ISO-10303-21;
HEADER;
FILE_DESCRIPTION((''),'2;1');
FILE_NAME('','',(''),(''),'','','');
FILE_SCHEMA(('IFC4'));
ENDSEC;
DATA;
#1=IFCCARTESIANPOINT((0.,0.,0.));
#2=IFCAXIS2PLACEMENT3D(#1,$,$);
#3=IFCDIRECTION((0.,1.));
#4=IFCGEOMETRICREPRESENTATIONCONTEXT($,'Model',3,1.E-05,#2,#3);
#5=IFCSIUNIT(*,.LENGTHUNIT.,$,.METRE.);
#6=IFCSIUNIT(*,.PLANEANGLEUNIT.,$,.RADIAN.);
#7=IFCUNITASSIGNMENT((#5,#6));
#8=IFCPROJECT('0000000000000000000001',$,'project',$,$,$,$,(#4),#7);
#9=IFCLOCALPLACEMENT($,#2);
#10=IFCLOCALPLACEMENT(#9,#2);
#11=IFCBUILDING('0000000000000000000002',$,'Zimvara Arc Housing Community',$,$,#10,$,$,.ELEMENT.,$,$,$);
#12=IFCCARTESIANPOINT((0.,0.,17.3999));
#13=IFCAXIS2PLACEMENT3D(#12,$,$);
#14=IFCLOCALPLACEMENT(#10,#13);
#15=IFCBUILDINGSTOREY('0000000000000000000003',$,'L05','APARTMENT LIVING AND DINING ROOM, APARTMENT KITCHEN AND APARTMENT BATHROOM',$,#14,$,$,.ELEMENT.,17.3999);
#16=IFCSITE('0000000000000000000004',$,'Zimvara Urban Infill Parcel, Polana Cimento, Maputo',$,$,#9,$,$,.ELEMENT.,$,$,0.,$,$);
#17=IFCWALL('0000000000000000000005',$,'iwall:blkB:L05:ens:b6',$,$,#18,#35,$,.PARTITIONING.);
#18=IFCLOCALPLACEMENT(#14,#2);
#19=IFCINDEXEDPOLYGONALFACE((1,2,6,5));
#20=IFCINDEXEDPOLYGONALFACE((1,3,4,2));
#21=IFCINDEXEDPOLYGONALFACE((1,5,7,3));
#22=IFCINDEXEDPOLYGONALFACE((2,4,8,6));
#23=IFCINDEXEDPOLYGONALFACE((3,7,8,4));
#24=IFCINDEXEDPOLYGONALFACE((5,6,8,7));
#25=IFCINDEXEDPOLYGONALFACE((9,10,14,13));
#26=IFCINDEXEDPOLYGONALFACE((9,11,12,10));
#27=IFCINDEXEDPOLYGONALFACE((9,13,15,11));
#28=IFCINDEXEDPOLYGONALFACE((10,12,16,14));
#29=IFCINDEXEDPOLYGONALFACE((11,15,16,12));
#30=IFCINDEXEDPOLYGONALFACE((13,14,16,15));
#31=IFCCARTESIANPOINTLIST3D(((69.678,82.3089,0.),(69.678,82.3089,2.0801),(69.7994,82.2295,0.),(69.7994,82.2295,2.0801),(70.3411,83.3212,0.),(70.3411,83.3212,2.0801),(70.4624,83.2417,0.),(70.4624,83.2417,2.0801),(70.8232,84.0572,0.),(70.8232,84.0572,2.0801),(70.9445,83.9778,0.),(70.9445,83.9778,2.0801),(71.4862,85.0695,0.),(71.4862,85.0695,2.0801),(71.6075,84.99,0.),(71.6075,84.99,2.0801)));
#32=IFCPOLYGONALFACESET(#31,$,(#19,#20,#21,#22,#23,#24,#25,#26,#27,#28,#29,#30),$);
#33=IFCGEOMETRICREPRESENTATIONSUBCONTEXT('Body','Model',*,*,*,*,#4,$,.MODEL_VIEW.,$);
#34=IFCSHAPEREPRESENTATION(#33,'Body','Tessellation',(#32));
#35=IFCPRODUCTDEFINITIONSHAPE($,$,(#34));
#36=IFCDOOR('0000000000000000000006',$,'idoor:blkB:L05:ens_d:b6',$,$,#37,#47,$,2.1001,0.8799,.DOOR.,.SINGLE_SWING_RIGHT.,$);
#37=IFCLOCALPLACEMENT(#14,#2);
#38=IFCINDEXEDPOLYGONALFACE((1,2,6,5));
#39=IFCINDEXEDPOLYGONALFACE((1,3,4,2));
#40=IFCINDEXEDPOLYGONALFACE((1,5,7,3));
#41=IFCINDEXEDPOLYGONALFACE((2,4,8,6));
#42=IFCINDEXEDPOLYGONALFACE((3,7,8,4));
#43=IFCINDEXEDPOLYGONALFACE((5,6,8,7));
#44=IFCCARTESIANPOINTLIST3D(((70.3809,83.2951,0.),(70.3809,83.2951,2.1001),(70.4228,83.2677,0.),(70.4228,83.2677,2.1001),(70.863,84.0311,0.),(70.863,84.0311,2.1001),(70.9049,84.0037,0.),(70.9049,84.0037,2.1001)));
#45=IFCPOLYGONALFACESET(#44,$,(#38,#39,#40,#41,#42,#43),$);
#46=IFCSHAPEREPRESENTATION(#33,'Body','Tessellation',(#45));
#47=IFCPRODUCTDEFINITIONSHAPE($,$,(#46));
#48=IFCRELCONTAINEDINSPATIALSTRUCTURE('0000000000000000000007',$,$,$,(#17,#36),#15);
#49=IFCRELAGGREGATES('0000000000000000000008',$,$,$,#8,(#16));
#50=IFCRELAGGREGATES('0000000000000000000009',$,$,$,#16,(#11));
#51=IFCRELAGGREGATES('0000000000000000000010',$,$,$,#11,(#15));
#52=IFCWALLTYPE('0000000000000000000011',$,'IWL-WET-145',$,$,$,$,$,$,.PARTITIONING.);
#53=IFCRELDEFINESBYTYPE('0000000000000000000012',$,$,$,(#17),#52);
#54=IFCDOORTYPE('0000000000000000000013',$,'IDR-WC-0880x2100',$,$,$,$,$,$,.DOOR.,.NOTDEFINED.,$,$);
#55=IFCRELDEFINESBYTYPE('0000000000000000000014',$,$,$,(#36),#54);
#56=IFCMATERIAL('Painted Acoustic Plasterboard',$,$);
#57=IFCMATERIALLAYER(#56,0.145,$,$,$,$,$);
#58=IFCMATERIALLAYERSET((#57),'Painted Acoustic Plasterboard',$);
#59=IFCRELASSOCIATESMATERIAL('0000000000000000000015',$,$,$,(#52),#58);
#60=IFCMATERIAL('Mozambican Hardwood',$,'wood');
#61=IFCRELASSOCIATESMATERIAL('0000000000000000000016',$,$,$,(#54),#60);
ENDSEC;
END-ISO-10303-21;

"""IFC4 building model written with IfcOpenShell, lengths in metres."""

from ifc_helpers import new_model, si_unit, direction, frame, frame_2d, origin, place, context, subcontext, project, spatial, rectangle, extrude, material, layer, layer_set, type_object, element, fill, save


model = new_model("IFC4")

# Units and contexts
model_context = context("Model", 3, precision=1e-05, world=origin(), true_north=direction((0.0, 1.0)))
body_context = subcontext(model_context, "Body", "Model", "MODEL_VIEW")
ifc_project = project(units=[si_unit("LENGTHUNIT", "METRE"), si_unit("PLANEANGLEUNIT", "RADIAN")], contexts=[model_context])

# Site, building, storey
site_placement = place(None, origin())
site = spatial("IfcSite", under=ifc_project, at=site_placement, Name="Zimvara Urban Infill Parcel, Polana Cimento, Maputo", CompositionType="ELEMENT", RefElevation=0.0)
building_placement = place(site_placement, origin())
building = spatial("IfcBuilding", under=site, at=building_placement, Name="Zimvara Arc Housing Community", CompositionType="ELEMENT")
storey_placement = place(building_placement, frame((0.0, 0.0, 17.3999)))
storey = spatial("IfcBuildingStorey", under=building, at=storey_placement, Name="L05", Description="APARTMENT LIVING AND DINING ROOM, APARTMENT KITCHEN AND APARTMENT BATHROOM", CompositionType="ELEMENT", Elevation=17.3999)

# Wall, opening, door
ifc_material_1 = material(Name="Painted Acoustic Plasterboard")
ifc_layer_1 = layer(ifc_material_1, 0.145)
ifc_layer_set_1 = layer_set([ifc_layer_1], Name="Painted Acoustic Plasterboard")
wall_type_1 = type_object("IfcWallType", Name="IWL-WET-145", PredefinedType="PARTITIONING", material=ifc_layer_set_1)
wall_1_placement = place(storey_placement, frame((69.7388, 82.2693, 0.0), z_axis=(0.0, 0.0, 1.0), x_axis=(0.547921, 0.83653, 0.0)))
wall_1 = element("IfcWall", 1, at=wall_1_placement, inside=storey, type_object=wall_type_1, Name="iwall:blkB:L05:ens:b6", PredefinedType="PARTITIONING", context=body_context, shape_type="SweptSolid", body=[
    extrude(rectangle(XDim=3.3, YDim=0.145, at=frame_2d((1.6499, 0.0))), origin(), (0.0, 0.0, 1.0), 2.0801),
])
opening_1_placement = place(wall_1_placement, frame((1.21, 0.0, 0.0)))
opening_1 = element("IfcOpeningElement", 2, at=opening_1_placement, cuts=wall_1, PredefinedType="OPENING", context=body_context, shape_type="SweptSolid", body=[
    extrude(rectangle(XDim=0.8799, YDim=2.1001, at=frame_2d((0.4399, 1.05))), frame((0.0, 0.0825, 0.0), z_axis=(0.0, -1.0, 0.0), x_axis=(1.0, 0.0, 0.0)), (0.0, 0.0, 1.0), 0.165),
])
ifc_material_2 = material(Name="Mozambican Hardwood", Category="wood")
door_type_1 = type_object("IfcDoorType", Name="IDR-WC-0880x2100", OperationType="NOTDEFINED", PredefinedType="DOOR", material=ifc_material_2)
door_1_placement = place(opening_1_placement, origin())
door_1 = element("IfcDoor", 3, at=door_1_placement, inside=storey, type_object=door_type_1, Name="idoor:blkB:L05:ens_d:b6", OperationType="SINGLE_SWING_RIGHT", OverallHeight=2.1001, OverallWidth=0.8799, PredefinedType="DOOR", context=body_context, shape_type="SweptSolid", body=[
    extrude(rectangle(XDim=0.8799, YDim=2.1001, at=frame_2d((0.4399, 1.05))), frame((0.0, 0.0249, 0.0), z_axis=(0.0, -1.0, 0.0), x_axis=(1.0, 0.0, 0.0)), (0.0, 0.0, 1.0), 0.05),
])
fill(opening_1, door_1)

save(model, "model.ifc")
